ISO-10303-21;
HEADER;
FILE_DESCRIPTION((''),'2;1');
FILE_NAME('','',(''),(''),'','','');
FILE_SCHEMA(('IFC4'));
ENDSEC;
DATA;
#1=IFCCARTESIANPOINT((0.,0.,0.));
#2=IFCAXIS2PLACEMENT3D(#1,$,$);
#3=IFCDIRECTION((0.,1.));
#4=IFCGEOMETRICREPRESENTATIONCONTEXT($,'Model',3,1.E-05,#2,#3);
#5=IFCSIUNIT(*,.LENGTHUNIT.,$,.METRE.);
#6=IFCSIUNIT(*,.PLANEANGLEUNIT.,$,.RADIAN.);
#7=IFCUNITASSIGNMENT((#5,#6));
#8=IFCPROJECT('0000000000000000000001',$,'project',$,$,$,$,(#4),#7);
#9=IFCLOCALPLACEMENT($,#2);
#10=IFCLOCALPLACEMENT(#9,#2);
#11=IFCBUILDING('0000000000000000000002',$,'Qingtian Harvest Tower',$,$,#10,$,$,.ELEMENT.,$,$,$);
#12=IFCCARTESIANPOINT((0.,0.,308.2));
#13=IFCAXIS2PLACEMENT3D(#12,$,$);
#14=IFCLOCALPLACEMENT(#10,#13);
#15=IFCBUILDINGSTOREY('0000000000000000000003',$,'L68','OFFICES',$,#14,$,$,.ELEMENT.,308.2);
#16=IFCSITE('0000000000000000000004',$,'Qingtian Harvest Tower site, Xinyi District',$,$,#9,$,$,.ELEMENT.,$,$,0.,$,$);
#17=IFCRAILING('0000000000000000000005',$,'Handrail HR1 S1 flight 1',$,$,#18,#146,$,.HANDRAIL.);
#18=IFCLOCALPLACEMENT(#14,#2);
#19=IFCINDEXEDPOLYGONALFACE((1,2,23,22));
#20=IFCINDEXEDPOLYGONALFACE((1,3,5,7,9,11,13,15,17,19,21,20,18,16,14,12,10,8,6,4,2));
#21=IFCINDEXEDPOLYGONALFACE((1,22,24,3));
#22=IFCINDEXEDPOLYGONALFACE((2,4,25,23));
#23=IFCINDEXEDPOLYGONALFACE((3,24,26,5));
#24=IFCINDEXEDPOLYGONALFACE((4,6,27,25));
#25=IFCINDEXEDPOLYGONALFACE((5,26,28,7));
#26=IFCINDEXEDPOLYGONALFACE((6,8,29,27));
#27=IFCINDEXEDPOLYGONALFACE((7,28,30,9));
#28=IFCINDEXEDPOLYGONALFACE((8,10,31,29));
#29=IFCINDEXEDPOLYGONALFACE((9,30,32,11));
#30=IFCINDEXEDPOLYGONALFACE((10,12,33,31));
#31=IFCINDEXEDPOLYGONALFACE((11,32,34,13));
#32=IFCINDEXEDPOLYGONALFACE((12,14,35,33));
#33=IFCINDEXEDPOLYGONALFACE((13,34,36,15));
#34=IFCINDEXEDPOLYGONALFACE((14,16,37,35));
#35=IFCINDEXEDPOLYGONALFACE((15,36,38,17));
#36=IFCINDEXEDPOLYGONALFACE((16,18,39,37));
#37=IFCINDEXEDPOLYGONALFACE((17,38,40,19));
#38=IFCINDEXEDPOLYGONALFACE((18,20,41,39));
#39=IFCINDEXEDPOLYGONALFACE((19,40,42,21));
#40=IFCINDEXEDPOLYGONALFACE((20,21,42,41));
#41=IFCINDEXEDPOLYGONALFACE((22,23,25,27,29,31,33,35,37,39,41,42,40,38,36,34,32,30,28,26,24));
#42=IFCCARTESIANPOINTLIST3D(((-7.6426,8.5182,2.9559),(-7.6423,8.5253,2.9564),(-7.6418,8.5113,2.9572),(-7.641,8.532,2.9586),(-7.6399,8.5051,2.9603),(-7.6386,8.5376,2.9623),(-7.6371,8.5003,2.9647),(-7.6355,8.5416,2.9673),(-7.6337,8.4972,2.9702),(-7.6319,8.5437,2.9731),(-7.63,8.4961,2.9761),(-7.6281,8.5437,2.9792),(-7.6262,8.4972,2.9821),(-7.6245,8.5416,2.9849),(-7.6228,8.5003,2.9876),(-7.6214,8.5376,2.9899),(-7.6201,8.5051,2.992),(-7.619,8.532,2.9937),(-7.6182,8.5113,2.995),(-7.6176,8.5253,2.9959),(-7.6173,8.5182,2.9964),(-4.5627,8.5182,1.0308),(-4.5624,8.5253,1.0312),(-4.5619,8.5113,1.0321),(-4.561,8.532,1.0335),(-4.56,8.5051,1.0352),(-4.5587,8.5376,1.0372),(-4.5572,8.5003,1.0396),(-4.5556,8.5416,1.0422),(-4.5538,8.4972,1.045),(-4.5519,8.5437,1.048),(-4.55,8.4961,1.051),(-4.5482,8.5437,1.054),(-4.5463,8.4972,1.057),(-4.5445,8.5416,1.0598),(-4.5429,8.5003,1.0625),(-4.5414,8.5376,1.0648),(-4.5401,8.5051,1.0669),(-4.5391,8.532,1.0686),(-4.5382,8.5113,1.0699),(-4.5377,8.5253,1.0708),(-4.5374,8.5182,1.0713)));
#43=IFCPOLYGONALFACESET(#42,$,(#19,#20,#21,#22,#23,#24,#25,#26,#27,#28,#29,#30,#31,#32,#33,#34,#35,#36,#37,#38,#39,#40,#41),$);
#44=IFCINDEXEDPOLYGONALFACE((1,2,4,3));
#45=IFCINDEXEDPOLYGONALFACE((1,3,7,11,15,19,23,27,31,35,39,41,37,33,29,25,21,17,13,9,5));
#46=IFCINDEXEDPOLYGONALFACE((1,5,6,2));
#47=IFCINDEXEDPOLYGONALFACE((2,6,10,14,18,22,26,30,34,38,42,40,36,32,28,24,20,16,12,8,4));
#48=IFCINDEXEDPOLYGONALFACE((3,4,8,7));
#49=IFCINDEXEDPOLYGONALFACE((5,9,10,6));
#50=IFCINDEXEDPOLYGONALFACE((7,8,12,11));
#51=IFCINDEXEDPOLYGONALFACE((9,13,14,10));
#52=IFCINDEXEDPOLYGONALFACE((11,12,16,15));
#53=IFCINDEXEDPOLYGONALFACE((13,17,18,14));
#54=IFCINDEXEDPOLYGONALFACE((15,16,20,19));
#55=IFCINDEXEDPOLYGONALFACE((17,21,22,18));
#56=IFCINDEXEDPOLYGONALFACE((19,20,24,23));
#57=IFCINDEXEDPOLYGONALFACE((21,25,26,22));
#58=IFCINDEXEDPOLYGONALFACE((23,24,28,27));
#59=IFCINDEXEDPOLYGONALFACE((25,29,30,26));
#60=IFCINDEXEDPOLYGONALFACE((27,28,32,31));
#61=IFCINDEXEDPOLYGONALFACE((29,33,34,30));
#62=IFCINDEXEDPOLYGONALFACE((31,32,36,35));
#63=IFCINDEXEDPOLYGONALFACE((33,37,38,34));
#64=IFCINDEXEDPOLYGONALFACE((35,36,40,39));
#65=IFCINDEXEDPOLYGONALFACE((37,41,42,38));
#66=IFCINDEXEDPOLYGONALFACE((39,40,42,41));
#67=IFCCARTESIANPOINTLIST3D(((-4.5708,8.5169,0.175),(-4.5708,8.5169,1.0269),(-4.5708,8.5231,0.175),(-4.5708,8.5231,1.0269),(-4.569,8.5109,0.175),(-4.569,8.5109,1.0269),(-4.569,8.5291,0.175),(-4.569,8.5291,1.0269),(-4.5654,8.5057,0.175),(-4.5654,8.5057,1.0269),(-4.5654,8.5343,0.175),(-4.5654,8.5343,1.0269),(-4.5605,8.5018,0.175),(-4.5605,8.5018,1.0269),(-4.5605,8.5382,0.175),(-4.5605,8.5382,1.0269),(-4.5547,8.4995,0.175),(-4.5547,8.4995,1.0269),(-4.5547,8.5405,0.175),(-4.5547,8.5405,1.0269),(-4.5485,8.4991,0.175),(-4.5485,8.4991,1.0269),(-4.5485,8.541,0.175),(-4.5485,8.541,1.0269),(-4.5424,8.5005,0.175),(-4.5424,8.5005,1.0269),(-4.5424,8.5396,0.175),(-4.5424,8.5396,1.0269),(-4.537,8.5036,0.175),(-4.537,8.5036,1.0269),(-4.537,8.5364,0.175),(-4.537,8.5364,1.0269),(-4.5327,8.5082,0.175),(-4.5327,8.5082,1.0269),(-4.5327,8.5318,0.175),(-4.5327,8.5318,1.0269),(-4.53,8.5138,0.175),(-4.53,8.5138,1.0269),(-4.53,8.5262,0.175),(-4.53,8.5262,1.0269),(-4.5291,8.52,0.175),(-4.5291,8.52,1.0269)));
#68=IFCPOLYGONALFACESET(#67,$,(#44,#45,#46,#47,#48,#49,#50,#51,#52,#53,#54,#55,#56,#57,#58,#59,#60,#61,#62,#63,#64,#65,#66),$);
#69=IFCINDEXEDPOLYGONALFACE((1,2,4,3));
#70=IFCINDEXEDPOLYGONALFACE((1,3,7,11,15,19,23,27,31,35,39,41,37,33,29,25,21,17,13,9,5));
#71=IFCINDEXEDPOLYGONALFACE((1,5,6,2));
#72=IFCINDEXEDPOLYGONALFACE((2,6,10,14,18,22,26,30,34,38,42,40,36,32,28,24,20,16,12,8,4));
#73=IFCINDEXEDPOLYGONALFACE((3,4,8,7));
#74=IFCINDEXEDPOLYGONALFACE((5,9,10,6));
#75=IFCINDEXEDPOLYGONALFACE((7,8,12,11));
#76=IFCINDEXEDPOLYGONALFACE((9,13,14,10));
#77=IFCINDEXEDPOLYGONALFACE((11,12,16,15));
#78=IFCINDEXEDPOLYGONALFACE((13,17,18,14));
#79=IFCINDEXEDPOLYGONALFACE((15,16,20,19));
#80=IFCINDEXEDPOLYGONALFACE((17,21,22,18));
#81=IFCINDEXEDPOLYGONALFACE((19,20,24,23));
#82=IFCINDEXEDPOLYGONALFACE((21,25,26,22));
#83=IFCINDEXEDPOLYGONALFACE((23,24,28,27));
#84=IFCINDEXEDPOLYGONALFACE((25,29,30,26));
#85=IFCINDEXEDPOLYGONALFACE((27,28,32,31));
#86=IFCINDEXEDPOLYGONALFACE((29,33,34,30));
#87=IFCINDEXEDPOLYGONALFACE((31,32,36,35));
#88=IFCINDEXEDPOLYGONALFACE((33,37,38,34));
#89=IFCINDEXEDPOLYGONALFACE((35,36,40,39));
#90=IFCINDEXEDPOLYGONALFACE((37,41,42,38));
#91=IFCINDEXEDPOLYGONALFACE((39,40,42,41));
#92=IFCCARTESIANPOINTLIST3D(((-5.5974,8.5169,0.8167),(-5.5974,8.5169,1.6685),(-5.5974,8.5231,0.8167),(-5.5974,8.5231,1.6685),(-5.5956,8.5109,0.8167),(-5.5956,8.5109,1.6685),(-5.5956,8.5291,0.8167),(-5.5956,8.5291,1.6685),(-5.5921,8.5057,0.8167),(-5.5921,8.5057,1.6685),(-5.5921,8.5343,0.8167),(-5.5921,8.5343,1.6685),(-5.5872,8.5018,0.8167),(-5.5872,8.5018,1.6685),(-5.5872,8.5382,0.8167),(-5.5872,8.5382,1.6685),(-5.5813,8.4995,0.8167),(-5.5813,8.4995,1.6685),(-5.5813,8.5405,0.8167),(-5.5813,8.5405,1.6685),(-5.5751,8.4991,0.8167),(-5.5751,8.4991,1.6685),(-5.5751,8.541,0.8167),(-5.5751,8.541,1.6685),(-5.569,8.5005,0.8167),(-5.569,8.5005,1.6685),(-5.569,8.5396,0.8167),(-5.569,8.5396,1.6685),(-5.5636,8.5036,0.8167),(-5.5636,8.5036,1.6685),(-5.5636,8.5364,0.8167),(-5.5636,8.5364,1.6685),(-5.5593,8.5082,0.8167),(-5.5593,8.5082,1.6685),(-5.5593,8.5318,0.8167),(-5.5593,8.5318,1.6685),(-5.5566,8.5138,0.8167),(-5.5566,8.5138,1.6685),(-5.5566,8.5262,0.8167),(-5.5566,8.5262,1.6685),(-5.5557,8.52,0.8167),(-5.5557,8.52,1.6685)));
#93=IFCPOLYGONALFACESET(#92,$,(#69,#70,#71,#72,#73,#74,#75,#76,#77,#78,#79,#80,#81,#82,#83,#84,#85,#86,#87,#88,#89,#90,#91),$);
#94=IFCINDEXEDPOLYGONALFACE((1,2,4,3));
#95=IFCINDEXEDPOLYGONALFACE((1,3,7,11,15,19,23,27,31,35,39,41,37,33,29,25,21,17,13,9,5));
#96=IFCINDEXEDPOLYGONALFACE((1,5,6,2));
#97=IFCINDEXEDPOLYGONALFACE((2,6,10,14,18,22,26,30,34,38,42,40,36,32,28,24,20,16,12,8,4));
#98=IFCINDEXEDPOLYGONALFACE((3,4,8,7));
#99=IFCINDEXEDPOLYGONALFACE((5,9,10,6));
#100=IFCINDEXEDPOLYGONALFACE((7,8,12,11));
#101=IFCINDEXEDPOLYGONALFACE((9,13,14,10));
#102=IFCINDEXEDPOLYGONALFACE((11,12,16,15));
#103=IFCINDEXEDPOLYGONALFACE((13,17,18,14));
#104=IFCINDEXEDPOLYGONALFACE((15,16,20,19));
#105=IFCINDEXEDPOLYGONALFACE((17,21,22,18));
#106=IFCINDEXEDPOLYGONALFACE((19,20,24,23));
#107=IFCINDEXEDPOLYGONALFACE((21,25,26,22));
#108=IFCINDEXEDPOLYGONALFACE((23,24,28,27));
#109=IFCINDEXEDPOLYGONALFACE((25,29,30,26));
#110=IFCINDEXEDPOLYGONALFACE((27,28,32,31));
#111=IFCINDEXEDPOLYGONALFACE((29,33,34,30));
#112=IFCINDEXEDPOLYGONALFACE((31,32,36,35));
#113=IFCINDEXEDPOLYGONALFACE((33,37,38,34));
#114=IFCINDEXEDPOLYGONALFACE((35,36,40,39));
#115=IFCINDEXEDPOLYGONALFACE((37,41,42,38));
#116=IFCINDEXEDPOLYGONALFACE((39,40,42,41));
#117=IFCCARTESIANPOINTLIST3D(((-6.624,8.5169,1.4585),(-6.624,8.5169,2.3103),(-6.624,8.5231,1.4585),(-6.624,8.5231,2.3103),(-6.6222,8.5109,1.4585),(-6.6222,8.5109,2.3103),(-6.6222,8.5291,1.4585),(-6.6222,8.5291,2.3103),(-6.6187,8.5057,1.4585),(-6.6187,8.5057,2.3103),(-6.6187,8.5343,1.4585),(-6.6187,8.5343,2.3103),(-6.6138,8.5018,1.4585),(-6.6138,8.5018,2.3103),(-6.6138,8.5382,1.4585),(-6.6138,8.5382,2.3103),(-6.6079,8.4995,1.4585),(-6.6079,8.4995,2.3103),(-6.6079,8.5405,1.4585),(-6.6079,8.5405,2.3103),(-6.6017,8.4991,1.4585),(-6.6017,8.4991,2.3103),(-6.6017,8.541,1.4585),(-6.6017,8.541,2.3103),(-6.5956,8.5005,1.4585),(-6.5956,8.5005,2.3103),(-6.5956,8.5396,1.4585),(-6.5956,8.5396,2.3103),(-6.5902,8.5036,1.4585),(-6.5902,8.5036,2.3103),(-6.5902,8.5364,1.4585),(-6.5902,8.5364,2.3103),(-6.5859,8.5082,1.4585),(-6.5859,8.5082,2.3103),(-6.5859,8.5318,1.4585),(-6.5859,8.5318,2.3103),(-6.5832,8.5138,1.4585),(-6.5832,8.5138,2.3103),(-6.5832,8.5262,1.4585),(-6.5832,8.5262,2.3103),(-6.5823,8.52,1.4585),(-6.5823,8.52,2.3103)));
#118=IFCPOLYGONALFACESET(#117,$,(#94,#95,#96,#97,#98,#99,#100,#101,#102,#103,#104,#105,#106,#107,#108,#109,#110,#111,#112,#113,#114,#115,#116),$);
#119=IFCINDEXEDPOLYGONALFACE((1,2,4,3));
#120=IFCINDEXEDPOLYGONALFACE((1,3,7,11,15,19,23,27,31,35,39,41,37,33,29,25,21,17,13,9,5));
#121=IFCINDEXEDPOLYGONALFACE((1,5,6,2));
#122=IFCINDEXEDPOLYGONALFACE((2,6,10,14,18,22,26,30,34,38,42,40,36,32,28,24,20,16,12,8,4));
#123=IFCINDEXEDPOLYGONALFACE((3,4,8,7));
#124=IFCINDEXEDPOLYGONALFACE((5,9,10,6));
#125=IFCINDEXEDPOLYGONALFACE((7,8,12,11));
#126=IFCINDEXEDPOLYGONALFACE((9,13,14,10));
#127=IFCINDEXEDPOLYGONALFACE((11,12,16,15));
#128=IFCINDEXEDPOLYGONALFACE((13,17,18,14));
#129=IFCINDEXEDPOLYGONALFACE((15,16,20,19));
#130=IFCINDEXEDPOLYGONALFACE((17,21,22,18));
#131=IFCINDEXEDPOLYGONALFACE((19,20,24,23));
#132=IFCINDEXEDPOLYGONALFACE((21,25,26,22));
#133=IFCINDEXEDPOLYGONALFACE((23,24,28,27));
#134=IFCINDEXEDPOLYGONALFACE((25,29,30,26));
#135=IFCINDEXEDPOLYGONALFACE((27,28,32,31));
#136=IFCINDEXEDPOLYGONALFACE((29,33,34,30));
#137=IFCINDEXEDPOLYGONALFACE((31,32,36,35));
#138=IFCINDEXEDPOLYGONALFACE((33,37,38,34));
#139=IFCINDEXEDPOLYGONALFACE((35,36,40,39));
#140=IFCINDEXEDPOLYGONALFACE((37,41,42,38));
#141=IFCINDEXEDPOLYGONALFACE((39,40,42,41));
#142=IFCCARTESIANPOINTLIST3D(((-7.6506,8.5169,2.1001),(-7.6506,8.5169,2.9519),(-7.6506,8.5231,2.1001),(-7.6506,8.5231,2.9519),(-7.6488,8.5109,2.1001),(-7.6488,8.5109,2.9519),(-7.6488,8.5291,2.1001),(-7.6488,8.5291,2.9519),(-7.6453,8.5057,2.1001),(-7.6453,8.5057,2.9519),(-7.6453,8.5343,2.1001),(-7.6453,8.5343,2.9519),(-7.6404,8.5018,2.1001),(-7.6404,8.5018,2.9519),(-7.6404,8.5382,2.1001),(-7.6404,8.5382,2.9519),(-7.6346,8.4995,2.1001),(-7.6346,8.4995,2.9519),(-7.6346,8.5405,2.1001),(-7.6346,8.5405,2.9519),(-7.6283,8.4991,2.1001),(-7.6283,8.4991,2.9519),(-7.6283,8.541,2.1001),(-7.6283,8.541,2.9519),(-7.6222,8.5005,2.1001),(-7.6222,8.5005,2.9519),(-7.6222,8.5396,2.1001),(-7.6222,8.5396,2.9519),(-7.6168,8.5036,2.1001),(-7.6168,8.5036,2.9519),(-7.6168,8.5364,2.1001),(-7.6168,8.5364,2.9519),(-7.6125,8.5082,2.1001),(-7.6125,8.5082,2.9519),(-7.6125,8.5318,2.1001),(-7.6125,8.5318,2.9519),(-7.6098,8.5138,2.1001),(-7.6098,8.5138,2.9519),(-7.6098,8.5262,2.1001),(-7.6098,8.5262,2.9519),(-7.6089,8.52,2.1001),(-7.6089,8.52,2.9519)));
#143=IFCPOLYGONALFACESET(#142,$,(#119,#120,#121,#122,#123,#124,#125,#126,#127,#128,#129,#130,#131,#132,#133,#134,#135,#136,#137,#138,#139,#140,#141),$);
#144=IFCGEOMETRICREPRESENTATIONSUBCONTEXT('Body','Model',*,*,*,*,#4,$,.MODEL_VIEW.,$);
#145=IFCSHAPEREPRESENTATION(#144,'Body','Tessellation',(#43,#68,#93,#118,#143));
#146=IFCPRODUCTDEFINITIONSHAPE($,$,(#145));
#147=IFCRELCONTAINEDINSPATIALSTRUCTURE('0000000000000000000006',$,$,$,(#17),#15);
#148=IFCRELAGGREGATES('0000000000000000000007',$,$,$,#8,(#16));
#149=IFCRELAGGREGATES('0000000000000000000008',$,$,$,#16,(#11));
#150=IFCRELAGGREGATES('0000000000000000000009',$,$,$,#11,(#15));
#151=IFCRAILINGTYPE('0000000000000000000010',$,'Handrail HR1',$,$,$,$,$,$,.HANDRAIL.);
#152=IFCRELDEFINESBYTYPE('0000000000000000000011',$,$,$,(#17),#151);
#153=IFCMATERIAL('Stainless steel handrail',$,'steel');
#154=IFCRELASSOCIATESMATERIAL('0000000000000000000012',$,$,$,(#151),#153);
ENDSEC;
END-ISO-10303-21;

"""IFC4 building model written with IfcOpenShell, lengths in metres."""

from ifc_helpers import new_model, si_unit, direction, frame, origin, origin_2d, place, context, subcontext, project, spatial, circle, extrude, material, type_object, element, save


model = new_model("IFC4")

# Units and contexts
model_context = context("Model", 3, precision=1e-05, world=origin(), true_north=direction((0.0, 1.0)))
body_context = subcontext(model_context, "Body", "Model", "MODEL_VIEW")
ifc_project = project(units=[si_unit("LENGTHUNIT", "METRE"), si_unit("PLANEANGLEUNIT", "RADIAN")], contexts=[model_context])

# Site, building, storey
site_placement = place(None, origin())
site = spatial("IfcSite", under=ifc_project, at=site_placement, Name="Qingtian Harvest Tower site, Xinyi District", CompositionType="ELEMENT", RefElevation=0.0)
building_placement = place(site_placement, origin())
building = spatial("IfcBuilding", under=site, at=building_placement, Name="Qingtian Harvest Tower", CompositionType="ELEMENT")
storey_placement = place(building_placement, frame((0.0, 0.0, 308.2)))
storey = spatial("IfcBuildingStorey", under=building, at=storey_placement, Name="L68", Description="OFFICES", CompositionType="ELEMENT", Elevation=308.2)

# Railing
ifc_material_1 = material(Name="Stainless steel handrail", Category="steel")
railing_type = type_object("IfcRailingType", Name="Handrail HR1", PredefinedType="HANDRAIL", material=ifc_material_1)
railing_placement = place(storey_placement, frame((-4.55, 8.52, 0.175)))
element("IfcRailing", 1, at=railing_placement, inside=storey, type_object=railing_type, Name="Handrail HR1 S1 flight 1", PredefinedType="HANDRAIL", context=body_context, shape_type="SweptSolid", body=[
    extrude(circle(Radius=0.0239, at=origin_2d()), frame((0.0, 0.0, 0.876), z_axis=(-0.847979, 0.0, 0.530029), x_axis=(0.0, -1.0, 0.0)), (0.0, 0.0, 1.0), 3.6321),
    extrude(circle(Radius=0.021, at=origin_2d()), origin(), (0.0, 0.0, 1.0), 0.8518),
    extrude(circle(Radius=0.021, at=origin_2d()), frame((-1.0266, 0.0, 0.6416)), (0.0, 0.0, 1.0), 0.8518),
    extrude(circle(Radius=0.021, at=origin_2d()), frame((-2.0532, 0.0, 1.2834)), (0.0, 0.0, 1.0), 0.8518),
    extrude(circle(Radius=0.021, at=origin_2d()), frame((-3.0798, 0.0, 1.925)), (0.0, 0.0, 1.0), 0.8518),
])

save(model, "model.ifc")
